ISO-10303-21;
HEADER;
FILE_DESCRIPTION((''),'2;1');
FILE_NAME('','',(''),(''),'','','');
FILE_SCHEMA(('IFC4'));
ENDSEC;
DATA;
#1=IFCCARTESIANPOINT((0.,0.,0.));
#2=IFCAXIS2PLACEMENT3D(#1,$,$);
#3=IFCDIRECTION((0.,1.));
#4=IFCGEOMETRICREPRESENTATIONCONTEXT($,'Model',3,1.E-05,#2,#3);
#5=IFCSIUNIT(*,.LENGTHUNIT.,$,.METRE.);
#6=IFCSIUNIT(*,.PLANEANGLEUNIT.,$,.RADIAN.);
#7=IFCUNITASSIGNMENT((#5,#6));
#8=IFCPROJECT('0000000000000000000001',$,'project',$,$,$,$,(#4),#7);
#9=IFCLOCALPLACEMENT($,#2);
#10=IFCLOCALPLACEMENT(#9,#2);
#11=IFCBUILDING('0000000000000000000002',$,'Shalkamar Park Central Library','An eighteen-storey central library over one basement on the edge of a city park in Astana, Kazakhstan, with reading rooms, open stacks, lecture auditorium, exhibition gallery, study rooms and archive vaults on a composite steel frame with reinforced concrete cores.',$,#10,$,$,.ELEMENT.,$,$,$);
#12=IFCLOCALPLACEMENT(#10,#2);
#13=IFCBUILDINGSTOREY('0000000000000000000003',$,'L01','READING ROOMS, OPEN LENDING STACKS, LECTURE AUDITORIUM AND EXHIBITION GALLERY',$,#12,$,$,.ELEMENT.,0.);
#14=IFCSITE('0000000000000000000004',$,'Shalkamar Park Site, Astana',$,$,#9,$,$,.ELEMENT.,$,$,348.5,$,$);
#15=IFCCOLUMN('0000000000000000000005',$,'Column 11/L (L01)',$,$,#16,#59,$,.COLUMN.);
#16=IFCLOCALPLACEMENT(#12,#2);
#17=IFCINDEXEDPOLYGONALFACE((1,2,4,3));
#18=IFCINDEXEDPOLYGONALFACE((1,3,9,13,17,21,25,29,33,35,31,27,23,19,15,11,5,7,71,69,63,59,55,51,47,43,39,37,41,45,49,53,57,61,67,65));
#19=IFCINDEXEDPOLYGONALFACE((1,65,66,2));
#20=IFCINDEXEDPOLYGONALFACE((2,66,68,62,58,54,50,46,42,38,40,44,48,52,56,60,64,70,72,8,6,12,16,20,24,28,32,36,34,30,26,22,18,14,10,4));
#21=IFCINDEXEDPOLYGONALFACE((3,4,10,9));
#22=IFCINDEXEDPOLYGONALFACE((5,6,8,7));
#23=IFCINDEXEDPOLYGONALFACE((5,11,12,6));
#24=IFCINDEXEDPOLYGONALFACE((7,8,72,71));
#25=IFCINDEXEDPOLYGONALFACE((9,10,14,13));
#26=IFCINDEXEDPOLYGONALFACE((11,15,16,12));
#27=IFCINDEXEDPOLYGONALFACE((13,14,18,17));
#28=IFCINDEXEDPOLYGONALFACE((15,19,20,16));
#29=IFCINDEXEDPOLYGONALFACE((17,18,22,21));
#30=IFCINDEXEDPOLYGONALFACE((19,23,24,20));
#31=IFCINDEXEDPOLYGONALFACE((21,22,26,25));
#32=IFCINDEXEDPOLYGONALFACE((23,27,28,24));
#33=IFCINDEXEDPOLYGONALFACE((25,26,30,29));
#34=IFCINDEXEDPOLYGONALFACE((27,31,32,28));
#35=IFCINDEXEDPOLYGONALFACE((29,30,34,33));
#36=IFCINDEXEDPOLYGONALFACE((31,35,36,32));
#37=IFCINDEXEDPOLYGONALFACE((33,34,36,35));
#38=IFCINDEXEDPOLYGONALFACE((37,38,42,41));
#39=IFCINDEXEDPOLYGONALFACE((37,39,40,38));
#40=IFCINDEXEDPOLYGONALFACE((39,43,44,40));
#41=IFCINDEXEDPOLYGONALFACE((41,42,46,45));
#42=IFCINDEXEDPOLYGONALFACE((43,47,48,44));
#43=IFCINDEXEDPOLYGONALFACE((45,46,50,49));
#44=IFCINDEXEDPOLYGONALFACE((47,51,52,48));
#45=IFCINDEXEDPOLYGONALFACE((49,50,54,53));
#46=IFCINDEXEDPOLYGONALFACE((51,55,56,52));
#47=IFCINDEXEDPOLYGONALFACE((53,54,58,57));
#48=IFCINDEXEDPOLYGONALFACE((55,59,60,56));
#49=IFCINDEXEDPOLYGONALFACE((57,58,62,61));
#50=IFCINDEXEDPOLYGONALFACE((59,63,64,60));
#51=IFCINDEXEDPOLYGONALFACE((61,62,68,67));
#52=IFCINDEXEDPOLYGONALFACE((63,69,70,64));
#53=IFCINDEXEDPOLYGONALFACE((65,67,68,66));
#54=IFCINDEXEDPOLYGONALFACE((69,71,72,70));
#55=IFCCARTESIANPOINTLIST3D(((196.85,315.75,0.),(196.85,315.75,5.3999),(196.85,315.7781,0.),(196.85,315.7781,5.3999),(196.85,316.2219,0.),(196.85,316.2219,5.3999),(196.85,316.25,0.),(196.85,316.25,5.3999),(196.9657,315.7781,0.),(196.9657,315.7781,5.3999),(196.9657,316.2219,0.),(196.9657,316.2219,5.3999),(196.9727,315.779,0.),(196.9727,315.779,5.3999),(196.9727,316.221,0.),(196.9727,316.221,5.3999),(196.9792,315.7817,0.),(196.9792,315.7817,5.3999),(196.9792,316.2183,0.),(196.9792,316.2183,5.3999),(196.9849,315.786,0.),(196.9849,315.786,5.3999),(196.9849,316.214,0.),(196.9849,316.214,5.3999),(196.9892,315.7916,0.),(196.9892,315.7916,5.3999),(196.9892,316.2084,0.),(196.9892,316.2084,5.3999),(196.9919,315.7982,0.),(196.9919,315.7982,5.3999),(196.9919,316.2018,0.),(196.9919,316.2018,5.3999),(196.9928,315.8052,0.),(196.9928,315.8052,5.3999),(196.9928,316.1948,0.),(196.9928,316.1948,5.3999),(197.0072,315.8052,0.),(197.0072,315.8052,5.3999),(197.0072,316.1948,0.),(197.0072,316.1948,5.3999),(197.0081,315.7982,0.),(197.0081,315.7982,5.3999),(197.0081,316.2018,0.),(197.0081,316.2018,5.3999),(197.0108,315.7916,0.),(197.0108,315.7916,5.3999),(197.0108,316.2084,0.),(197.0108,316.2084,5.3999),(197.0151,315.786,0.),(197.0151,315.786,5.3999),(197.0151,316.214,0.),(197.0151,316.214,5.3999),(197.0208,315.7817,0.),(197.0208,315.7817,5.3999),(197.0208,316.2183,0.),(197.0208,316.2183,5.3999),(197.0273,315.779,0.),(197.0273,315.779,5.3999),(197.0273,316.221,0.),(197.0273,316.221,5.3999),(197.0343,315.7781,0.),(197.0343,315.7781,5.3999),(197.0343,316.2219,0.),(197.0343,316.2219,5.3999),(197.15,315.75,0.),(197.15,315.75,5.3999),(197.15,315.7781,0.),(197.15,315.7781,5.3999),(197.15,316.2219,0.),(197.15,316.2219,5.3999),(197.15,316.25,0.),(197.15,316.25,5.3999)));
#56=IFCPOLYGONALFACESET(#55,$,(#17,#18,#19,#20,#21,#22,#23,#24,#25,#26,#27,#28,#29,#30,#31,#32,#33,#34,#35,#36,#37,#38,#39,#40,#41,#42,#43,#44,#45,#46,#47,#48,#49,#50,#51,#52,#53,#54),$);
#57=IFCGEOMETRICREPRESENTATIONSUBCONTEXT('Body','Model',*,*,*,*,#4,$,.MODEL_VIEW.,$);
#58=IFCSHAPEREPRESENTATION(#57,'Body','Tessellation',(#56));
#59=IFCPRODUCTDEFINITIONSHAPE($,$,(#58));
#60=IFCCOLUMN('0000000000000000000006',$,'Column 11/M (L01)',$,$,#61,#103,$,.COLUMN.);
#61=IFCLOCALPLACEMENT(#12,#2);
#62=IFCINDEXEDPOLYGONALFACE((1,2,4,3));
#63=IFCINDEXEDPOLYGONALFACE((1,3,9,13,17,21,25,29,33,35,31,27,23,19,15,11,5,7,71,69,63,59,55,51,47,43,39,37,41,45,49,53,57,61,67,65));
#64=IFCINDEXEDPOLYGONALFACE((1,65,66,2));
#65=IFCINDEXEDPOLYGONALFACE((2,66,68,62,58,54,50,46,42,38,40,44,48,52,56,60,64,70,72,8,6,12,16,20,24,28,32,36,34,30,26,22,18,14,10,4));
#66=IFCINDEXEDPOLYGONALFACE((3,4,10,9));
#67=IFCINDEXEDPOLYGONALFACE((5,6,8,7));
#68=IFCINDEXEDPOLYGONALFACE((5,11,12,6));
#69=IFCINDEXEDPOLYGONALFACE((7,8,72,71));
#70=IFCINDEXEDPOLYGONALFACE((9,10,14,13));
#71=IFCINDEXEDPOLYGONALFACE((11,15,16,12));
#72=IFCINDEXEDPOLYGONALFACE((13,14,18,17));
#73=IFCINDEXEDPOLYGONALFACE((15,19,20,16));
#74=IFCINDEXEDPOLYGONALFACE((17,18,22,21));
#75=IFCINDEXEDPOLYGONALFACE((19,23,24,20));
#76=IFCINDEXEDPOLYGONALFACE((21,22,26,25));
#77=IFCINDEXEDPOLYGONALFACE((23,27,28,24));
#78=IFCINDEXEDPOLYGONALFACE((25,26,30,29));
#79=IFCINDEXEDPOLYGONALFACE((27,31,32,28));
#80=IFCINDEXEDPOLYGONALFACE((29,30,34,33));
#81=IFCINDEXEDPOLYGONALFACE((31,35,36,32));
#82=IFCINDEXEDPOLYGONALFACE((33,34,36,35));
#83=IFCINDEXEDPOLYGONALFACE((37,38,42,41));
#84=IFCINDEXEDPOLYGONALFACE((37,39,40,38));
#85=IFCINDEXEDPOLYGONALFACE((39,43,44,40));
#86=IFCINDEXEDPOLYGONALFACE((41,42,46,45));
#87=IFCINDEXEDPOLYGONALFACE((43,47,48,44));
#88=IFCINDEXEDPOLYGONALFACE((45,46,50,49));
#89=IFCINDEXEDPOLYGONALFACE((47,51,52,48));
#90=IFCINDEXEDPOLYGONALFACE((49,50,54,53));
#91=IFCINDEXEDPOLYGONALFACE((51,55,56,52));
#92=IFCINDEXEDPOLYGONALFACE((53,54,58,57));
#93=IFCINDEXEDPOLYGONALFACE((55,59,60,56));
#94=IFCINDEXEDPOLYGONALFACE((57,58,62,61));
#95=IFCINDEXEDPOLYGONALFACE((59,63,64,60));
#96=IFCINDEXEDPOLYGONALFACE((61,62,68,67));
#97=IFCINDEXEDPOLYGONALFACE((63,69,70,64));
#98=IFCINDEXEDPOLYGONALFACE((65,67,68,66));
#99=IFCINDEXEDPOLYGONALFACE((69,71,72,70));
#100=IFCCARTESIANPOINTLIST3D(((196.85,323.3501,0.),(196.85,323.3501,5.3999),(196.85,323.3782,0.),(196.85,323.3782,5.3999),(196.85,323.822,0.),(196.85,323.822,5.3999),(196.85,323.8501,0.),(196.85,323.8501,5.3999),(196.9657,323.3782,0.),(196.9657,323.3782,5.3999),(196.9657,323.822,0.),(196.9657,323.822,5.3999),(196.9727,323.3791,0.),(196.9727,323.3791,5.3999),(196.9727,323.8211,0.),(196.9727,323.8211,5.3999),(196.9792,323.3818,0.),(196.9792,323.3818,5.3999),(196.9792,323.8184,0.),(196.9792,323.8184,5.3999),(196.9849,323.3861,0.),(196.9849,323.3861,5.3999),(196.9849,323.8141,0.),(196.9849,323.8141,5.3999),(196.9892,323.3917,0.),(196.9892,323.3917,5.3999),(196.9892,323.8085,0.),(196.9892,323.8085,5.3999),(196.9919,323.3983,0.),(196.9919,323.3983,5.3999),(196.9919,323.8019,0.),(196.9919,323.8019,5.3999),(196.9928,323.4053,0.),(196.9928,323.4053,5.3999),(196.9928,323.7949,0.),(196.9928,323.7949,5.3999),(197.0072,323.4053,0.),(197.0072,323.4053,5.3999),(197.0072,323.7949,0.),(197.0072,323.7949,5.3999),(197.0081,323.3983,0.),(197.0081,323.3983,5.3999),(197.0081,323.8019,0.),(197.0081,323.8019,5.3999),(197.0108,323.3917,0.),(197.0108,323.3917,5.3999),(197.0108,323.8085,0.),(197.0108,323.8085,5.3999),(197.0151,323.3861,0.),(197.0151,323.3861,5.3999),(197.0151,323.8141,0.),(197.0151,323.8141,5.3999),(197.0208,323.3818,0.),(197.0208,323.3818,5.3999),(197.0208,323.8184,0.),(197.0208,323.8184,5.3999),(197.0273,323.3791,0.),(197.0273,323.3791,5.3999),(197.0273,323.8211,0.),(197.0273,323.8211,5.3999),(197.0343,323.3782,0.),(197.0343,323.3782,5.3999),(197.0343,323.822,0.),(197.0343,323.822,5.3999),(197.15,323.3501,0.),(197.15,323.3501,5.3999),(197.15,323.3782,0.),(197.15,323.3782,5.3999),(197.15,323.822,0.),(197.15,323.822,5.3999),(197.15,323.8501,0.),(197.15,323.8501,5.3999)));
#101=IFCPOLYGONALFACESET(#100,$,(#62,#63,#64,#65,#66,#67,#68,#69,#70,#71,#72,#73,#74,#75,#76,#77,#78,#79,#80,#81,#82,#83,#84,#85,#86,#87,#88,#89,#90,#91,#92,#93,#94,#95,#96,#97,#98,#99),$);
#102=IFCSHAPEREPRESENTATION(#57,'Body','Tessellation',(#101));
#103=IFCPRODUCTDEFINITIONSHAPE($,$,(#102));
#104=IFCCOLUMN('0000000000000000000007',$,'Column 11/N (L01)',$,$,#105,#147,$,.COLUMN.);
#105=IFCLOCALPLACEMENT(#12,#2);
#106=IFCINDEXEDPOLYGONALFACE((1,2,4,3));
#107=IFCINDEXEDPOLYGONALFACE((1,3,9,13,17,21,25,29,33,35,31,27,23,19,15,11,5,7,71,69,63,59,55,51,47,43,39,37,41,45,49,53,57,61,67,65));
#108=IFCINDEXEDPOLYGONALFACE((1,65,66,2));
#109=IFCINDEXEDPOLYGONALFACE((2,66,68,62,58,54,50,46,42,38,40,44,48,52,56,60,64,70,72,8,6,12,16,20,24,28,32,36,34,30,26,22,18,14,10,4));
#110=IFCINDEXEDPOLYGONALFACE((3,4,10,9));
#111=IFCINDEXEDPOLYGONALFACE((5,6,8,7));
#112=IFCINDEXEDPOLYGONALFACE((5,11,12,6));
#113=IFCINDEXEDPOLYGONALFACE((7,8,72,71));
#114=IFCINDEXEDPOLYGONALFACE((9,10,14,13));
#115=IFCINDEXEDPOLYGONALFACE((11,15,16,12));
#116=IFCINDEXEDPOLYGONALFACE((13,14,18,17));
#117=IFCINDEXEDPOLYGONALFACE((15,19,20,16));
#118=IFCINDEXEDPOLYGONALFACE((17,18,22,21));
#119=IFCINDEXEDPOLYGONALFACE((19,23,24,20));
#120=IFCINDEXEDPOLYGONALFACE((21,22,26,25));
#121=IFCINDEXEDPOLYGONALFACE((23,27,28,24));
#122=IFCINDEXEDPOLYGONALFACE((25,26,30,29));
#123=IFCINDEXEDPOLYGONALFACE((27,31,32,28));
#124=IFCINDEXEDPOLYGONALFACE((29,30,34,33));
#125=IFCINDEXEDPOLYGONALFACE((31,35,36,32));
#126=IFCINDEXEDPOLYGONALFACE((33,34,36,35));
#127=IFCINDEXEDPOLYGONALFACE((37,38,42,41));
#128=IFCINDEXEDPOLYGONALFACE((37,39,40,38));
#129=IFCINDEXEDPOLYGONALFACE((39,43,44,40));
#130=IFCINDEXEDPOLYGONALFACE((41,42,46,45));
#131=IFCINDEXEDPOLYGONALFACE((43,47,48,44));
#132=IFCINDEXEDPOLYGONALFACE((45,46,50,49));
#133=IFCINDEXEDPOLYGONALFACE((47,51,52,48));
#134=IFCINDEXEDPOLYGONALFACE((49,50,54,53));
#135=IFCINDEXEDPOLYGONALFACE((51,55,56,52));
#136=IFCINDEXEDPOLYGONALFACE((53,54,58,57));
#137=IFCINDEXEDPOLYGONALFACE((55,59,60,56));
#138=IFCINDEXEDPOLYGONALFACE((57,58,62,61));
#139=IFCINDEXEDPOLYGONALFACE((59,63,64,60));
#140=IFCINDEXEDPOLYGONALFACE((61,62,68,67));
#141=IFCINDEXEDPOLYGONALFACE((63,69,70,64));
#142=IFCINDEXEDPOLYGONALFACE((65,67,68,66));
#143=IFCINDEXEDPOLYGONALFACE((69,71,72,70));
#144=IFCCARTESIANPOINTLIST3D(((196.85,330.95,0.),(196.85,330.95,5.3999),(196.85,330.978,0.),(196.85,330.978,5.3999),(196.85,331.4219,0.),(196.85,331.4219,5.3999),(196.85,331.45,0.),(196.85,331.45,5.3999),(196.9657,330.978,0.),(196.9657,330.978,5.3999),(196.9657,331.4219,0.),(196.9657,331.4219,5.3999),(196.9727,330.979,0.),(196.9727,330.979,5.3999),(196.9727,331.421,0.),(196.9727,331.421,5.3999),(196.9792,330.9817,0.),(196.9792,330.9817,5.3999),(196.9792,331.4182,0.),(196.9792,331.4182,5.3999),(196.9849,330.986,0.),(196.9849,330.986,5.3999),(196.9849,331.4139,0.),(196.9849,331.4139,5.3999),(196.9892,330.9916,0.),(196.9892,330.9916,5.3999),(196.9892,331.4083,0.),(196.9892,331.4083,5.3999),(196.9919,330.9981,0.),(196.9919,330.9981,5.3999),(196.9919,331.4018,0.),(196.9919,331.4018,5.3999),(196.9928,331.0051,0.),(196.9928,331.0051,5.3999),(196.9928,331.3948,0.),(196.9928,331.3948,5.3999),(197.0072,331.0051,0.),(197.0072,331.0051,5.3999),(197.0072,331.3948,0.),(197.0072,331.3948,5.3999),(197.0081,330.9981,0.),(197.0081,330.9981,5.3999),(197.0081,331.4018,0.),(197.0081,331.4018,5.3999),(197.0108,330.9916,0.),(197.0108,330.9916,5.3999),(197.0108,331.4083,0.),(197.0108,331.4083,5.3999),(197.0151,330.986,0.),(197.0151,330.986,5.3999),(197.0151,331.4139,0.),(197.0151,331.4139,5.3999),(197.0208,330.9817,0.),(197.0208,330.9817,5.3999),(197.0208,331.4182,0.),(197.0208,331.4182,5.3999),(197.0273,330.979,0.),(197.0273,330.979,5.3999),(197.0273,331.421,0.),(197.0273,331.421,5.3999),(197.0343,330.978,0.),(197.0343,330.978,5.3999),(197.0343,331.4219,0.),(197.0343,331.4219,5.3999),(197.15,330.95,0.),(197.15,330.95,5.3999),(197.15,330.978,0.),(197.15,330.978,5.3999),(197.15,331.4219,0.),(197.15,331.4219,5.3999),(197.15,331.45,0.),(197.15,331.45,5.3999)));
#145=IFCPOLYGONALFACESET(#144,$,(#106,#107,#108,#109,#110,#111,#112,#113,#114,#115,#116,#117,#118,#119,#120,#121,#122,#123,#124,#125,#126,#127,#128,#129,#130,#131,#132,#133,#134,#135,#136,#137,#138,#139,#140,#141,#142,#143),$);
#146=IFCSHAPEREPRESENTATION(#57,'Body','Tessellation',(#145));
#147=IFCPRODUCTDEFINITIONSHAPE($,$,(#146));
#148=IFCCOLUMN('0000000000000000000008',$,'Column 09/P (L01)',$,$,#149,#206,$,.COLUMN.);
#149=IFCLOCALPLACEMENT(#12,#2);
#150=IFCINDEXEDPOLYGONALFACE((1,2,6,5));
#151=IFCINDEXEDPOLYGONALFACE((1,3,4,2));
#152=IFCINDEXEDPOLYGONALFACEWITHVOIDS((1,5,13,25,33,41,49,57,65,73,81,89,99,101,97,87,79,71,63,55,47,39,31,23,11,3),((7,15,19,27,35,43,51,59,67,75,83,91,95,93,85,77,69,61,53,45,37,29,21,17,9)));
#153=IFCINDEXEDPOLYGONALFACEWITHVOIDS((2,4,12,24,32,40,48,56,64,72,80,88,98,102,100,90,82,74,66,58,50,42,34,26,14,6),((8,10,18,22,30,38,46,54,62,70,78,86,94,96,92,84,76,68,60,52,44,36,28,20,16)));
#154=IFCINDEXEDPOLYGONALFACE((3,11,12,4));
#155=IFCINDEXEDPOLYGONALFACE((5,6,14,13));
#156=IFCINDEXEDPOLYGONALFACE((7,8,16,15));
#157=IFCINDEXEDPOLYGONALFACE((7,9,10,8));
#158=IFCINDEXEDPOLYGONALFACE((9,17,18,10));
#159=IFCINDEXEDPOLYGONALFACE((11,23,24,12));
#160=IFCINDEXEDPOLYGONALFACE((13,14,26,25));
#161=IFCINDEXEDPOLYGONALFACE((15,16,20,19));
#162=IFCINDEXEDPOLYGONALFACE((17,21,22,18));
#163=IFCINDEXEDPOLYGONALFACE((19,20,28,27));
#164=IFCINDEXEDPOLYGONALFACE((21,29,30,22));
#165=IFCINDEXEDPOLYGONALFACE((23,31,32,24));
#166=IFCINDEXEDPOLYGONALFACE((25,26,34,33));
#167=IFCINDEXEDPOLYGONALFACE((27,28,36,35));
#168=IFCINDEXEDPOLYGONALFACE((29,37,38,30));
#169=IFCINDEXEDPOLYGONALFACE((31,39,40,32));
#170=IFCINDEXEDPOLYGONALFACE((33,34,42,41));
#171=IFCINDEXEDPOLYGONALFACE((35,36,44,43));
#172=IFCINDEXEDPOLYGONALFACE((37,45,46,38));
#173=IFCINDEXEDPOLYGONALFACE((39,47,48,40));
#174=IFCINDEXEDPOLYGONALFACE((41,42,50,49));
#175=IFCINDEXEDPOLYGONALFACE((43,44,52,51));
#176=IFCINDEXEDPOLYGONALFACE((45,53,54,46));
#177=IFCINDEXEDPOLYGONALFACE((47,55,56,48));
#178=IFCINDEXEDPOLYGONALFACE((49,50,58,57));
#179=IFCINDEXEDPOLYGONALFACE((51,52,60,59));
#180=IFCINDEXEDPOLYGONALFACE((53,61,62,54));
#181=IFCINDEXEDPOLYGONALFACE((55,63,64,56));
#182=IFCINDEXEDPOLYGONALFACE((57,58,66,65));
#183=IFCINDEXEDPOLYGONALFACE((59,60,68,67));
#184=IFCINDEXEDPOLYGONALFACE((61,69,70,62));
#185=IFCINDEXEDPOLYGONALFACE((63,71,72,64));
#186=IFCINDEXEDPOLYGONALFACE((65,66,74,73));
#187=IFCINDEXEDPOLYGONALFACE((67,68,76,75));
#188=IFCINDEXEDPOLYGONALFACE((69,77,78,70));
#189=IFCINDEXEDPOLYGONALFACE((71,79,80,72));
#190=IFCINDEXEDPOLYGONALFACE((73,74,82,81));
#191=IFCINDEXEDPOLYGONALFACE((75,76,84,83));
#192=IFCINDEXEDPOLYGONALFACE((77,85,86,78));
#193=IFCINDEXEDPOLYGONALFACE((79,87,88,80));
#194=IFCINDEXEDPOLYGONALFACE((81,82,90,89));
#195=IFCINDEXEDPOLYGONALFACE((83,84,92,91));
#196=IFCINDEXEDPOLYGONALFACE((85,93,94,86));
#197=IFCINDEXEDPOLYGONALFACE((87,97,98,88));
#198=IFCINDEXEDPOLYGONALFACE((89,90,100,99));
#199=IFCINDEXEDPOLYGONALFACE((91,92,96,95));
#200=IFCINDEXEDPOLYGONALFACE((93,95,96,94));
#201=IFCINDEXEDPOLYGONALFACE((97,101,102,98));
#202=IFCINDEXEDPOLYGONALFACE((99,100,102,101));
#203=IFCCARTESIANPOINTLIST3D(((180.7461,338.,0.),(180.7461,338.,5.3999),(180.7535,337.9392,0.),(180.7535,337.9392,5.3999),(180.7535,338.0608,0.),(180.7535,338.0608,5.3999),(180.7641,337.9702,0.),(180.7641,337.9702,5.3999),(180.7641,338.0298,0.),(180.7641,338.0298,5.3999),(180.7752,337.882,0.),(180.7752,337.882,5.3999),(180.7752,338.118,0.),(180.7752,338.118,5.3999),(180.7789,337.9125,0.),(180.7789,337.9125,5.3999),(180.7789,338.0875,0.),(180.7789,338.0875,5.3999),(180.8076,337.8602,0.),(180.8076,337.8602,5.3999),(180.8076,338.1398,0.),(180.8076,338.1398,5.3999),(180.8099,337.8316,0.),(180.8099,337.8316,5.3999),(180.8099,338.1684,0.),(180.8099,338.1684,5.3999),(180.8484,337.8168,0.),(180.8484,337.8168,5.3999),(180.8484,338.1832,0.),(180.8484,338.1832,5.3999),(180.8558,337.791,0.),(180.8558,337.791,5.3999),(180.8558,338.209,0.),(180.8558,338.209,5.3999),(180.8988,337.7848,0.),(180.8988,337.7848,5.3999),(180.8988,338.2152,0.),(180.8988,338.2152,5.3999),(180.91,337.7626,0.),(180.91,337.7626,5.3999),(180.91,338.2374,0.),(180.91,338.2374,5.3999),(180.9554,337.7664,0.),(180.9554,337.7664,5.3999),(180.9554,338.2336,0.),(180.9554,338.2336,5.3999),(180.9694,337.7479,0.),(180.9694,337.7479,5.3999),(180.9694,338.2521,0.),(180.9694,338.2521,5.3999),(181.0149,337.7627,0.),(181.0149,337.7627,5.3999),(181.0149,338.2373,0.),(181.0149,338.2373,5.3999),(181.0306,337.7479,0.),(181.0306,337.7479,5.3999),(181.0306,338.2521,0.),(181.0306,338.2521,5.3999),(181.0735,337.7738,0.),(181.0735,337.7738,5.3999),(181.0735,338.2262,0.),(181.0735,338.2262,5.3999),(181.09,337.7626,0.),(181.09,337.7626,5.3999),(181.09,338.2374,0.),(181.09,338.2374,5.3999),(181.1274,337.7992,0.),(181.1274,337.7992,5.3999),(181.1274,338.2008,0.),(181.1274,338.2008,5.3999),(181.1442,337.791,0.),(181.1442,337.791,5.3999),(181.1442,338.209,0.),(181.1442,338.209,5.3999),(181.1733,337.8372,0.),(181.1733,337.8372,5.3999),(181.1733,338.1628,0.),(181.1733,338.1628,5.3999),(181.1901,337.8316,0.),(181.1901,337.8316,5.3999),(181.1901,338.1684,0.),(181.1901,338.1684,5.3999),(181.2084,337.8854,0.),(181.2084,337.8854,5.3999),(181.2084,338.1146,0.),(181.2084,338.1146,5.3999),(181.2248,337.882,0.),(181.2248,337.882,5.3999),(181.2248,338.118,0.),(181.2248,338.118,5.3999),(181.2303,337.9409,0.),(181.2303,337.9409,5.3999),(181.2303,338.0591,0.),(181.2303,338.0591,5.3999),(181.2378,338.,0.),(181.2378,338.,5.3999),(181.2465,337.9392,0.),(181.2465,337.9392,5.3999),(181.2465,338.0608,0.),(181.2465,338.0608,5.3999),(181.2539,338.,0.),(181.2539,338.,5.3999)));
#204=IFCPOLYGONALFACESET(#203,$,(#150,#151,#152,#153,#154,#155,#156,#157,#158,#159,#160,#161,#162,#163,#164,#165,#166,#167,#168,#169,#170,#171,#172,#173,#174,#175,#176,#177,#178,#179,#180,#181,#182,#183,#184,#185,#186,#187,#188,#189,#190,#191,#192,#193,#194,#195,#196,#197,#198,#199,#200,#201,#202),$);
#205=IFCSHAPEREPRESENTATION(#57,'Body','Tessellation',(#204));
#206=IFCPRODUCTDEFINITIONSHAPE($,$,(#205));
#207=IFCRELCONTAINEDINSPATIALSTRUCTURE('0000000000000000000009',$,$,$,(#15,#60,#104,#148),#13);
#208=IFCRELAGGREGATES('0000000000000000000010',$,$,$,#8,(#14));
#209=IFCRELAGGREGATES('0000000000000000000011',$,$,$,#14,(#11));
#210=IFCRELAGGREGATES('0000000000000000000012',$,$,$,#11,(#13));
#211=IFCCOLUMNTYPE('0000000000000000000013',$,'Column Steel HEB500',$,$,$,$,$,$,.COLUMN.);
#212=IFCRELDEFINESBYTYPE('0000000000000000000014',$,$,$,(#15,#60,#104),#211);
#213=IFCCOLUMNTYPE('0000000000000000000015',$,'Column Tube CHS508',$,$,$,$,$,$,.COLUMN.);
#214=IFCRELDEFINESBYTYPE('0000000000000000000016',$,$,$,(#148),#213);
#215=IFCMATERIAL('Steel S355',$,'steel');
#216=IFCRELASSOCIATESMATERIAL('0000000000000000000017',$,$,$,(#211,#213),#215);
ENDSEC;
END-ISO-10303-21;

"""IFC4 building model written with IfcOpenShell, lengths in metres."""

from ifc_helpers import new_model, si_unit, direction, frame, origin, origin_2d, place, context, subcontext, project, spatial, hollow_circle, i_section, extrude, material, material_profile, profile_set, type_object, element, save


model = new_model("IFC4")

# Units and contexts
model_context = context("Model", 3, precision=1e-05, world=origin(), true_north=direction((0.0, 1.0)))
body_context = subcontext(model_context, "Body", "Model", "MODEL_VIEW")
ifc_project = project(units=[si_unit("LENGTHUNIT", "METRE"), si_unit("PLANEANGLEUNIT", "RADIAN")], contexts=[model_context])

# Site, building, storey
site_placement = place(None, origin())
site = spatial("IfcSite", under=ifc_project, at=site_placement, Name="Shalkamar Park Site, Astana", CompositionType="ELEMENT", RefElevation=348.5)
building_placement = place(site_placement, origin())
building = spatial("IfcBuilding", under=site, at=building_placement, Name="Shalkamar Park Central Library", Description="An eighteen-storey central library over one basement on the edge of a city park in Astana, Kazakhstan, with reading rooms, open stacks, lecture auditorium, exhibition gallery, study rooms and archive vaults on a composite steel frame with reinforced concrete cores.", CompositionType="ELEMENT")
storey_placement = place(building_placement, origin())
storey = spatial("IfcBuildingStorey", under=building, at=storey_placement, Name="L01", Description="READING ROOMS, OPEN LENDING STACKS, LECTURE AUDITORIUM AND EXHIBITION GALLERY", CompositionType="ELEMENT", Elevation=0.0)

# Columns
ifc_material_1 = material(Name="Steel S355", Category="steel")
ifc_material_profile_1 = material_profile(ifc_material_1, i_section(OverallWidth=0.3, OverallDepth=0.5, WebThickness=0.0144, FlangeThickness=0.0281, FilletRadius=0.0271, at=origin_2d()), Name="HEB 500")
ifc_profile_set_1 = profile_set([ifc_material_profile_1], Name="Steel S355")
column_type_1 = type_object("IfcColumnType", Name="Column Steel HEB500", PredefinedType="COLUMN", material=ifc_profile_set_1)
for number, where, z_axis, x_axis, name in (
    (1, (197.0, 316.0, 0.0), (0.0, 0.0, 1.0), (1.0, 0.0, 0.0), "Column 11/L (L01)"),
    (2, (197.0, 323.6001, 0.0), (0.0, 0.0, 1.0), (1.0, 0.0, 0.0), "Column 11/M (L01)"),
    (3, (197.0, 331.2, 0.0), (0.0, 0.0, 1.0), (1.0, 0.0, 0.0), "Column 11/N (L01)"),
):
    element("IfcColumn", number, at=place(storey_placement, frame(where, z_axis=z_axis, x_axis=x_axis)), inside=storey, type_object=column_type_1, Name=name, PredefinedType="COLUMN", context=body_context, shape_type="SweptSolid", body=[
        extrude(i_section(OverallWidth=0.3, OverallDepth=0.5, WebThickness=0.0144, FlangeThickness=0.0281, FilletRadius=0.0271, at=origin_2d()), origin(), (0.0, 0.0, 1.0), 5.3999),
    ])
ifc_material_profile_2 = material_profile(ifc_material_1, hollow_circle(Radius=0.2539, WallThickness=0.0161, at=origin_2d()), Name="CHS 508x16")
ifc_profile_set_2 = profile_set([ifc_material_profile_2], Name="Steel S355")
column_type_2 = type_object("IfcColumnType", Name="Column Tube CHS508", PredefinedType="COLUMN", material=ifc_profile_set_2)
column_1_placement = place(storey_placement, frame((181.0, 338.0, 0.0), z_axis=(0.0, 0.0, 1.0), x_axis=(1.0, 0.0, 0.0)))
element("IfcColumn", 4, at=column_1_placement, inside=storey, type_object=column_type_2, Name="Column 09/P (L01)", PredefinedType="COLUMN", context=body_context, shape_type="SweptSolid", body=[
    extrude(hollow_circle(Radius=0.2539, WallThickness=0.0161, at=origin_2d()), origin(), (0.0, 0.0, 1.0), 5.3999),
])

save(model, "model.ifc")
